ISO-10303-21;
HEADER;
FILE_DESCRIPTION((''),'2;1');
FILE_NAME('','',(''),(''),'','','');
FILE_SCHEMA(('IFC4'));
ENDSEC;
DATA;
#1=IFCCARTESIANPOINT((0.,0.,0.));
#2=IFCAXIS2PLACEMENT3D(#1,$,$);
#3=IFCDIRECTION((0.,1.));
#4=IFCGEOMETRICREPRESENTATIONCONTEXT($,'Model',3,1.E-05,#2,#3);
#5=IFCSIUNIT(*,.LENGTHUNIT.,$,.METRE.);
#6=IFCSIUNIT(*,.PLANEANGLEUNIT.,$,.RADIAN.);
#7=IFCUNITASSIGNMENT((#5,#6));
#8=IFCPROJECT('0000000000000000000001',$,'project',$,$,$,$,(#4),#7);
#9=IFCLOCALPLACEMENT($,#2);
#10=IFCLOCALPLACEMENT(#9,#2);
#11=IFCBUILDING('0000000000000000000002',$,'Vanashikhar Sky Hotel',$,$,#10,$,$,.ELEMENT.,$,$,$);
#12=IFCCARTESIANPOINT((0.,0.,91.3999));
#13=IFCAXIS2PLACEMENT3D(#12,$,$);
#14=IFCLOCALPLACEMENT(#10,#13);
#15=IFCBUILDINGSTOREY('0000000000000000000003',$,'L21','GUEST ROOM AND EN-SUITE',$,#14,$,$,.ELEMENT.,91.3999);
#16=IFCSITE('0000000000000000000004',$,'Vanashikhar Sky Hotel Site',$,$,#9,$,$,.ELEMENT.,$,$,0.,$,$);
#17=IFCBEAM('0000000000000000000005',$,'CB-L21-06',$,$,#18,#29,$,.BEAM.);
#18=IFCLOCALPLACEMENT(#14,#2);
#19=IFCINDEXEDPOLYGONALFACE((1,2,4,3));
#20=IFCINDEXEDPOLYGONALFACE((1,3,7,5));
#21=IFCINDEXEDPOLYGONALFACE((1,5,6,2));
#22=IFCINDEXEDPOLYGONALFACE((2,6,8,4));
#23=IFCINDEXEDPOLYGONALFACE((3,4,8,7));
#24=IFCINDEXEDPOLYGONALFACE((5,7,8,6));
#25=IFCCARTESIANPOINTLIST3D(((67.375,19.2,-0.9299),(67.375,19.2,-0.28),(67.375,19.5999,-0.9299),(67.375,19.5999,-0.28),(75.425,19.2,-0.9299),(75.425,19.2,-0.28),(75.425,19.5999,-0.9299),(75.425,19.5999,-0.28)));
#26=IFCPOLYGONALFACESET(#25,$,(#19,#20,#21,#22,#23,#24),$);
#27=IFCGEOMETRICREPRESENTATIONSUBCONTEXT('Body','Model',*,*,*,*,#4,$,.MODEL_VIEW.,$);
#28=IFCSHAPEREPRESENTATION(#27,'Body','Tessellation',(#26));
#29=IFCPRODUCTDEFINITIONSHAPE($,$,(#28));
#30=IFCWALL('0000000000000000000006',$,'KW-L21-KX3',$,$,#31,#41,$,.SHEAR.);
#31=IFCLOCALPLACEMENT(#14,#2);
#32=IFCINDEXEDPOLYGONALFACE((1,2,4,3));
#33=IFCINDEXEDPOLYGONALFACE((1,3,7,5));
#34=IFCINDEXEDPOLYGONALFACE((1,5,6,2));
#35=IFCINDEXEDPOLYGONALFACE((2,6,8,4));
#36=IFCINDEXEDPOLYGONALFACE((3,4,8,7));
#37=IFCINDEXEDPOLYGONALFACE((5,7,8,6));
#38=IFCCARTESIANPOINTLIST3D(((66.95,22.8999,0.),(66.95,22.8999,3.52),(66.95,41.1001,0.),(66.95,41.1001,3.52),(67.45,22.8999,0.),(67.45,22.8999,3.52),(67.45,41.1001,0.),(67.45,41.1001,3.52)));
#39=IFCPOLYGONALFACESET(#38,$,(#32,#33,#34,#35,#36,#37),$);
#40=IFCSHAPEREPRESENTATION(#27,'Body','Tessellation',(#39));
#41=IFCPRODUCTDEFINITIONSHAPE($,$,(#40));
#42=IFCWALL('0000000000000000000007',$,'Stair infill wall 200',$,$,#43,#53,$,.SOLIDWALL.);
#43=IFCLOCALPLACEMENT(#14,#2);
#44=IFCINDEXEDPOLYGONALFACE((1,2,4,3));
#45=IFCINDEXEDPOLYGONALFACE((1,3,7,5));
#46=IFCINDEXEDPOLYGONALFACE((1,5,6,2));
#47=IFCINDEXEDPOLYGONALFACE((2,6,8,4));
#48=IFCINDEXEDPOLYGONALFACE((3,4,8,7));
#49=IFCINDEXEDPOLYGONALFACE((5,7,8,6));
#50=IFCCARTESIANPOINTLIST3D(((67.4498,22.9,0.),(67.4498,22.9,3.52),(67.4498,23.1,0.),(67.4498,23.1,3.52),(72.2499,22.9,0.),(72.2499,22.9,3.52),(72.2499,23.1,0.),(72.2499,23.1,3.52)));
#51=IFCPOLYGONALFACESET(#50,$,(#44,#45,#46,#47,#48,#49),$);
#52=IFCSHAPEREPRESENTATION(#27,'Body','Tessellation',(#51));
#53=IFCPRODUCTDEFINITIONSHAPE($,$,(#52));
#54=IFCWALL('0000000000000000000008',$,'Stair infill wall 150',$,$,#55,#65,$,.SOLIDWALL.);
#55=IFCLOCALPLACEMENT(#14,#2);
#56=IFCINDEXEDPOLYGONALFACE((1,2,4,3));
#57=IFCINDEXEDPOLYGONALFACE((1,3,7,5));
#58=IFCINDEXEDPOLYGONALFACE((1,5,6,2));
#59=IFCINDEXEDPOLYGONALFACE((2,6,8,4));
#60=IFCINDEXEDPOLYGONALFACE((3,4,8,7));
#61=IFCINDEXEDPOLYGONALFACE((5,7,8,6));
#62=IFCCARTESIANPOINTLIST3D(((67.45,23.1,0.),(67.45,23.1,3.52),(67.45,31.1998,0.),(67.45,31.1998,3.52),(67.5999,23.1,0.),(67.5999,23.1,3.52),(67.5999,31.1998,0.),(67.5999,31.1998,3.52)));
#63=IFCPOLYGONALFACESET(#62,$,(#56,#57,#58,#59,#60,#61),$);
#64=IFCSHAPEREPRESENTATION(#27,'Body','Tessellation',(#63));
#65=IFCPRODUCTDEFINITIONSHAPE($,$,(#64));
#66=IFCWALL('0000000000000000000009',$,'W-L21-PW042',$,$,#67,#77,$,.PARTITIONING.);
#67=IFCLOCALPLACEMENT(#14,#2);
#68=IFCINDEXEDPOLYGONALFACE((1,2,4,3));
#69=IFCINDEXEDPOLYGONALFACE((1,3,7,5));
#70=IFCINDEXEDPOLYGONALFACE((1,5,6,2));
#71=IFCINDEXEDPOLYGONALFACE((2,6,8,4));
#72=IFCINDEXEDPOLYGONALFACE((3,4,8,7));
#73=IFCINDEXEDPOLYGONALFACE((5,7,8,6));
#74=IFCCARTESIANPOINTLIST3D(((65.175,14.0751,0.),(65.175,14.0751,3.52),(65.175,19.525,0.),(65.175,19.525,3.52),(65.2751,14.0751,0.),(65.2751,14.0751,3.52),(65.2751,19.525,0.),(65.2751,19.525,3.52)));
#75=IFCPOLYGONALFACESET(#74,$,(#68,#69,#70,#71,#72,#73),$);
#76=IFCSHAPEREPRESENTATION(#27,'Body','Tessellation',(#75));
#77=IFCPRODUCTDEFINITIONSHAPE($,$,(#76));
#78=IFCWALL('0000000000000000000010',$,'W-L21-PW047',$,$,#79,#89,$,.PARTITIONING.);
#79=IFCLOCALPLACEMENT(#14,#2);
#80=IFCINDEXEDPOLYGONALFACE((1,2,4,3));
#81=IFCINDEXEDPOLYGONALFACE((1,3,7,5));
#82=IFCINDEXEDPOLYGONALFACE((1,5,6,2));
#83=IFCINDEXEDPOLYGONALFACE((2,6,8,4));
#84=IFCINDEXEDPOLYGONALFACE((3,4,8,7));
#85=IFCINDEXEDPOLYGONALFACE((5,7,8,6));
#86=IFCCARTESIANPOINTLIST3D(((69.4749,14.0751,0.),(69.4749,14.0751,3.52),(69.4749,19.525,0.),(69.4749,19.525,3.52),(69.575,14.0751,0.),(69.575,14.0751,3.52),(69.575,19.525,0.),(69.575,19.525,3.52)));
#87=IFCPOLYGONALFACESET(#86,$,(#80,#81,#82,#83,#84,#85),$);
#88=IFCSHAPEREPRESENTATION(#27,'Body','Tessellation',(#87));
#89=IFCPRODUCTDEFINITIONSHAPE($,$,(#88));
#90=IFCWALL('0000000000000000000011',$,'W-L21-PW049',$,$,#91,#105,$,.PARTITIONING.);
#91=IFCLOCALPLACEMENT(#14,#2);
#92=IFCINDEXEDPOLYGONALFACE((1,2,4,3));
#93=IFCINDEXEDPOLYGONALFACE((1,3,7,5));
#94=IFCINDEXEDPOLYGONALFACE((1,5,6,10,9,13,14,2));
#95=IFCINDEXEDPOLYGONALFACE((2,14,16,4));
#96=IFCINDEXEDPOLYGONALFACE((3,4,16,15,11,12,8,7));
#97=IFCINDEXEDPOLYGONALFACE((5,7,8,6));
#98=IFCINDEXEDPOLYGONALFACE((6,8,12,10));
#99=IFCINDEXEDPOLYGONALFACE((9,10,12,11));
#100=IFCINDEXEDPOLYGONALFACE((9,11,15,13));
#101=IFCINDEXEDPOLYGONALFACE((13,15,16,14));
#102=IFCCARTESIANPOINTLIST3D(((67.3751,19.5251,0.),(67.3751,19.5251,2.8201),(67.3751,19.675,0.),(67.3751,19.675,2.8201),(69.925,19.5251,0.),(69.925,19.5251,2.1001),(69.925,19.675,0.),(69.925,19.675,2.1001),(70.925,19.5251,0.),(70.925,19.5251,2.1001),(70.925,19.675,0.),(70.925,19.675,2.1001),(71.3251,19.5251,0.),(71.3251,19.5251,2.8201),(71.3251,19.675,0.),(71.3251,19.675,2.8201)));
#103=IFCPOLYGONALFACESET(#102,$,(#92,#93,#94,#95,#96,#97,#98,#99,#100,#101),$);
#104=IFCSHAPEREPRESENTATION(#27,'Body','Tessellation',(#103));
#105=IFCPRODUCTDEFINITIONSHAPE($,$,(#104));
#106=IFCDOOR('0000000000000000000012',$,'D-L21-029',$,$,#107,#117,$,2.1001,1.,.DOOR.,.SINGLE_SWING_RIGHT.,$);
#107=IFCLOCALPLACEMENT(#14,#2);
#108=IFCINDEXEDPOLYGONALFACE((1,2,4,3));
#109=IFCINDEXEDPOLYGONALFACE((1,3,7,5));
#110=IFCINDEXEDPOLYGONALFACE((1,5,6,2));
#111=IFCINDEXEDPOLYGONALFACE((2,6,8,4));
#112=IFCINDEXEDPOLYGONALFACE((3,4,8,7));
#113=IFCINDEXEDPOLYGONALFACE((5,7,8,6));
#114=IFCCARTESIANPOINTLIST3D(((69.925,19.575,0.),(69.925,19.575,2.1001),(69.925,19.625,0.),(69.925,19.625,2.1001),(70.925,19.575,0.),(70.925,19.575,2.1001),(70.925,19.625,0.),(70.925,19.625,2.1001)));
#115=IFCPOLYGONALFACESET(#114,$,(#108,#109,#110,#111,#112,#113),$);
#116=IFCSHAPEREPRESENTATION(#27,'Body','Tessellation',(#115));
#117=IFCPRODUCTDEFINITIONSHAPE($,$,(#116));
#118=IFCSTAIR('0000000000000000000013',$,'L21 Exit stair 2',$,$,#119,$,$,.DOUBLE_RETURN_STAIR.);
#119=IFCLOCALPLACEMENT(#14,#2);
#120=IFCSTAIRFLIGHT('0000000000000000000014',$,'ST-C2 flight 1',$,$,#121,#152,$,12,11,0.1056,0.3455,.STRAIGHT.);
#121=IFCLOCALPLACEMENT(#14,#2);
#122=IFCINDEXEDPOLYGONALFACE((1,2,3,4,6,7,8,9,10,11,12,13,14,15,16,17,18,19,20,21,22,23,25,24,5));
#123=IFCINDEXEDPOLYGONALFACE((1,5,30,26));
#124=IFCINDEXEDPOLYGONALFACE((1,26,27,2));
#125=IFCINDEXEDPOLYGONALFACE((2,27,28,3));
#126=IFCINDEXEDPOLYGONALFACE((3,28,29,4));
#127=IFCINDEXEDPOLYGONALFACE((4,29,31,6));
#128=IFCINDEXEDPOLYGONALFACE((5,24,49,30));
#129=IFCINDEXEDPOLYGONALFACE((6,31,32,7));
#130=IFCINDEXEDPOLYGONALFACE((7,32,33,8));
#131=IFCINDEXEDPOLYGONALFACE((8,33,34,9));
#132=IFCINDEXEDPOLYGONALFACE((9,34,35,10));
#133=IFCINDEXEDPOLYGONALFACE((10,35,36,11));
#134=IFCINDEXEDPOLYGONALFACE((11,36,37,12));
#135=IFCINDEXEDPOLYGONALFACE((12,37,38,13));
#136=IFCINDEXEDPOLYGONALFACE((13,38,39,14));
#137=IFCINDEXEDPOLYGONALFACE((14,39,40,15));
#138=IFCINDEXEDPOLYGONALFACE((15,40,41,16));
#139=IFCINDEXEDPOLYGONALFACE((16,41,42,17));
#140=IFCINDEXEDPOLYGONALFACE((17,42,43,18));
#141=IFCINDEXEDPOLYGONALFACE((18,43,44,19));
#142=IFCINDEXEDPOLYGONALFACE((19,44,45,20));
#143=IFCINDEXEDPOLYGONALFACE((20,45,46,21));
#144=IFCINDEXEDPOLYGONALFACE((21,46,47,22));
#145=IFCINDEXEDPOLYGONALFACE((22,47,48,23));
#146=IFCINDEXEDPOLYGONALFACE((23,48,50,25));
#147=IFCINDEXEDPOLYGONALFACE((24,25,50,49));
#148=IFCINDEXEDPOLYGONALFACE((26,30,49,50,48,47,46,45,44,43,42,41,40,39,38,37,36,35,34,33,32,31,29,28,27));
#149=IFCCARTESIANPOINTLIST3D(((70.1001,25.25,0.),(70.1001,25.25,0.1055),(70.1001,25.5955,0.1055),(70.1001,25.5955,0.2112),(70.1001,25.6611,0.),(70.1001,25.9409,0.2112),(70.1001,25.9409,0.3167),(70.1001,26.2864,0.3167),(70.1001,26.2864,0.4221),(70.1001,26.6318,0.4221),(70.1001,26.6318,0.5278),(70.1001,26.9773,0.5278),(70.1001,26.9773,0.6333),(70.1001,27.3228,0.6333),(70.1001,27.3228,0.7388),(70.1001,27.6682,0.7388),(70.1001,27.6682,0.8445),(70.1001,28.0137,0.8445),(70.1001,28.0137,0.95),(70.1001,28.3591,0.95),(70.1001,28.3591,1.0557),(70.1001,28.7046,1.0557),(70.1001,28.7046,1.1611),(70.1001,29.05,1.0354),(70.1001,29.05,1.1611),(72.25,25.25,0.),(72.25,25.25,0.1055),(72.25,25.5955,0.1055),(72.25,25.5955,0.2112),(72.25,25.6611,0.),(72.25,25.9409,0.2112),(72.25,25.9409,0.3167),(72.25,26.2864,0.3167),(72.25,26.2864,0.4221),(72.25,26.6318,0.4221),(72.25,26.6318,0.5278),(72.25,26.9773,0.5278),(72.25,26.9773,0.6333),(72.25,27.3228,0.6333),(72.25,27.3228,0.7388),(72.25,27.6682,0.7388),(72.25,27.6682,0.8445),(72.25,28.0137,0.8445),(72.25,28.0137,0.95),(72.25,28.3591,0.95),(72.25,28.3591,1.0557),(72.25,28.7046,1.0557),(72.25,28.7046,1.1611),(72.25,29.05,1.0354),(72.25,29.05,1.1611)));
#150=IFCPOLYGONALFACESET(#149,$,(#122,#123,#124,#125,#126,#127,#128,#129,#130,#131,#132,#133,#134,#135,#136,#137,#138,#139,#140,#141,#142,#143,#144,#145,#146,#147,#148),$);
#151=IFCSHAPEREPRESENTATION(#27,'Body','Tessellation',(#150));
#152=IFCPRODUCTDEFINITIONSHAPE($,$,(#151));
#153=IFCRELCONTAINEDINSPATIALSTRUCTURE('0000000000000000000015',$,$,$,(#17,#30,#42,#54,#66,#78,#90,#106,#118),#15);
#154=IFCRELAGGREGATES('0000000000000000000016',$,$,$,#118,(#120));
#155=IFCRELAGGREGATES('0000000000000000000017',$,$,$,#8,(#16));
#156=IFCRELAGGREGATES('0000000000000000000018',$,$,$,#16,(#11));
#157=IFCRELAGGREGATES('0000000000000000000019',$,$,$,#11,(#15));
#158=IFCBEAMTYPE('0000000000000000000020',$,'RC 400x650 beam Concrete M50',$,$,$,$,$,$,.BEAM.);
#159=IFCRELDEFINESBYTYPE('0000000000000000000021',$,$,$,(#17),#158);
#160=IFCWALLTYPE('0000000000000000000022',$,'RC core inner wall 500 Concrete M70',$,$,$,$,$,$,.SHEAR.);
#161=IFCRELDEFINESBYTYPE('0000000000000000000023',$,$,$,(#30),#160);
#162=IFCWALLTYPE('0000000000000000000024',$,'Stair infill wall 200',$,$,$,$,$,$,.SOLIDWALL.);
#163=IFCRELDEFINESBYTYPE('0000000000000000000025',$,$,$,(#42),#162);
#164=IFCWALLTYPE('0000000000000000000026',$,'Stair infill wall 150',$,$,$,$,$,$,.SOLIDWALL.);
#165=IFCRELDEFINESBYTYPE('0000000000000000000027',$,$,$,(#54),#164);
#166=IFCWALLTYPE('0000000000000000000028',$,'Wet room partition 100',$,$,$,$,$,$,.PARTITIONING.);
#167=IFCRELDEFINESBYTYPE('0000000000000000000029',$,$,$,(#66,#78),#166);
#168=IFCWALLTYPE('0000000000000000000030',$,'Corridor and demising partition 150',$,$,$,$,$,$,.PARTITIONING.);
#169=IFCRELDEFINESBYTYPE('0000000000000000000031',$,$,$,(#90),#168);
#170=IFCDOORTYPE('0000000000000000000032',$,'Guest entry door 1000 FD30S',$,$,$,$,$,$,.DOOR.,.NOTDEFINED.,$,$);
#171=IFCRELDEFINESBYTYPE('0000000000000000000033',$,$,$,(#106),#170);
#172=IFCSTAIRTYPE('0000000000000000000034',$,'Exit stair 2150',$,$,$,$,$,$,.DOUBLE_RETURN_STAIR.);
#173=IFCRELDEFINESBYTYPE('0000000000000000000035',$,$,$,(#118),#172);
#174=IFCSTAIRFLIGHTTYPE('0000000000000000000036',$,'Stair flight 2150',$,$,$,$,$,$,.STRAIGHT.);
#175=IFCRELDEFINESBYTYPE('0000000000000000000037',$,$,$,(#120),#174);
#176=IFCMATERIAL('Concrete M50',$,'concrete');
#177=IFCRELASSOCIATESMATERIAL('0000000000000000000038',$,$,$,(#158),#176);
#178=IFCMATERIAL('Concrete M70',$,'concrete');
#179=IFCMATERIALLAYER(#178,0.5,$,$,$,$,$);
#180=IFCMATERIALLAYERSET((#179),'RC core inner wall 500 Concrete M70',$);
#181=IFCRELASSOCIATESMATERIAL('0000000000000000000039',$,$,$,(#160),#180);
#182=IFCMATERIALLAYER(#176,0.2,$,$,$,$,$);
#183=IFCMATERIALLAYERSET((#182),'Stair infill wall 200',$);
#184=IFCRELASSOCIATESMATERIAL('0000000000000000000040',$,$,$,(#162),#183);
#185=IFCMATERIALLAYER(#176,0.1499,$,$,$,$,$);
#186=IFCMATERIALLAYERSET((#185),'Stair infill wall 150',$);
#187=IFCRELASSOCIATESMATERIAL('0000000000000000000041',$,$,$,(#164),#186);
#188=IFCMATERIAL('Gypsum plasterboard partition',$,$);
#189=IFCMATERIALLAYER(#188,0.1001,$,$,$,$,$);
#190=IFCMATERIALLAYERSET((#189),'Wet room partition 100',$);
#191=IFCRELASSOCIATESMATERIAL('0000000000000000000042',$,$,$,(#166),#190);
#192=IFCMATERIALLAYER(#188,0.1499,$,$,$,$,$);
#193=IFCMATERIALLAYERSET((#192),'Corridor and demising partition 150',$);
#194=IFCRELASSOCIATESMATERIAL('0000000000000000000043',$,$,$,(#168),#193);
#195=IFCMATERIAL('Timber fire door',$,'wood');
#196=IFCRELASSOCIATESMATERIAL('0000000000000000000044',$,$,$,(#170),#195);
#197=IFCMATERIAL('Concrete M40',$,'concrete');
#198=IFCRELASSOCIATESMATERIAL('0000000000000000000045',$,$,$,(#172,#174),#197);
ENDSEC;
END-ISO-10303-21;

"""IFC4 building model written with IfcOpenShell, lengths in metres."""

from ifc_helpers import new_model, si_unit, direction, frame, frame_2d, origin, origin_2d, place, context, subcontext, project, spatial, polyline, rectangle, outline, extrude, source, transform, mapped, material, layer, layer_set, material_profile, profile_set, type_object, element, fill, aggregate, save


model = new_model("IFC4")

# Units and contexts
model_context = context("Model", 3, precision=1e-05, world=origin(), true_north=direction((0.0, 1.0)))
body_context = subcontext(model_context, "Body", "Model", "MODEL_VIEW")
ifc_project = project(units=[si_unit("LENGTHUNIT", "METRE"), si_unit("PLANEANGLEUNIT", "RADIAN")], contexts=[model_context])

# Site, building, storey
site_placement = place(None, origin())
site = spatial("IfcSite", under=ifc_project, at=site_placement, Name="Vanashikhar Sky Hotel Site", CompositionType="ELEMENT", RefElevation=0.0)
building_placement = place(site_placement, origin())
building = spatial("IfcBuilding", under=site, at=building_placement, Name="Vanashikhar Sky Hotel", CompositionType="ELEMENT")
storey_placement = place(building_placement, frame((0.0, 0.0, 91.3999)))
storey = spatial("IfcBuildingStorey", under=building, at=storey_placement, Name="L21", Description="GUEST ROOM AND EN-SUITE", CompositionType="ELEMENT", Elevation=91.3999)

# Beam
ifc_material_1 = material(Name="Concrete M50", Category="concrete")
ifc_material_profile = material_profile(ifc_material_1, rectangle(XDim=0.3999, YDim=0.6499, at=origin_2d()))
ifc_profile_set = profile_set([ifc_material_profile], Name="RC 400x650 beam Concrete M50")
beam_type = type_object("IfcBeamType", Name="RC 400x650 beam Concrete M50", PredefinedType="BEAM", material=ifc_profile_set)
shared_shape_1 = source(origin(), body_context, "Body", "SweptSolid", [
    extrude(rectangle(XDim=0.3999, YDim=0.6499, at=origin_2d()), origin(), (0.0, 0.0, 1.0), 8.05),
])
beam_placement = place(storey_placement, frame((67.375, 19.3999, -0.605), z_axis=(1.0, 0.0, 0.0), x_axis=(0.0, 1.0, 0.0)))
element("IfcBeam", 1, at=beam_placement, inside=storey, type_object=beam_type, Name="CB-L21-06", PredefinedType="BEAM", context=body_context, shape_type="MappedRepresentation", body=[
    mapped(shared_shape_1, transform((0.0, 0.0, 0.0), scale=1.0)),
])

# Walls
ifc_material_2 = material(Name="Concrete M70", Category="concrete")
ifc_layer_1 = layer(ifc_material_2, 0.5)
ifc_layer_set_1 = layer_set([ifc_layer_1], Name="RC core inner wall 500 Concrete M70")
wall_type_1 = type_object("IfcWallType", Name="RC core inner wall 500 Concrete M70", PredefinedType="SHEAR", material=ifc_layer_set_1)
shared_shape_2 = source(origin(), body_context, "Body", "SweptSolid", [
    extrude(rectangle(XDim=18.2002, YDim=0.5, at=frame_2d((9.1001, 0.0))), origin(), (0.0, 0.0, 1.0), 3.52),
])
wall_1_placement = place(storey_placement, frame((67.2, 22.8999, 0.0), z_axis=(0.0, 0.0, 1.0), x_axis=(0.0, 1.0, 0.0)))
element("IfcWall", 2, at=wall_1_placement, inside=storey, type_object=wall_type_1, Name="KW-L21-KX3", PredefinedType="SHEAR", context=body_context, shape_type="MappedRepresentation", body=[
    mapped(shared_shape_2, transform((0.0, 0.0, 0.0), scale=1.0)),
])
ifc_layer_2 = layer(ifc_material_1, 0.2)
ifc_layer_set_2 = layer_set([ifc_layer_2], Name="Stair infill wall 200")
wall_type_2 = type_object("IfcWallType", Name="Stair infill wall 200", PredefinedType="SOLIDWALL", material=ifc_layer_set_2)
shared_shape_3 = source(origin(), body_context, "Body", "SweptSolid", [
    extrude(rectangle(XDim=4.8, YDim=0.2, at=frame_2d((2.3999, 0.0))), origin(), (0.0, 0.0, 1.0), 3.52),
])
wall_2_placement = place(storey_placement, frame((67.45, 23.0, 0.0), z_axis=(0.0, 0.0, 1.0), x_axis=(1.0, 0.0, 0.0)))
element("IfcWall", 3, at=wall_2_placement, inside=storey, type_object=wall_type_2, Name="Stair infill wall 200", PredefinedType="SOLIDWALL", context=body_context, shape_type="MappedRepresentation", body=[
    mapped(shared_shape_3, transform((0.0, 0.0, 0.0), scale=1.0)),
])
ifc_layer_3 = layer(ifc_material_1, 0.1499)
ifc_layer_set_3 = layer_set([ifc_layer_3], Name="Stair infill wall 150")
wall_type_3 = type_object("IfcWallType", Name="Stair infill wall 150", PredefinedType="SOLIDWALL", material=ifc_layer_set_3)
shared_shape_4 = source(origin(), body_context, "Body", "SweptSolid", [
    extrude(rectangle(XDim=8.0999, YDim=0.1499, at=frame_2d((4.0498, 0.0))), origin(), (0.0, 0.0, 1.0), 3.52),
])
wall_3_placement = place(storey_placement, frame((67.5249, 23.1001, 0.0), z_axis=(0.0, 0.0, 1.0), x_axis=(0.0, 1.0, 0.0)))
element("IfcWall", 4, at=wall_3_placement, inside=storey, type_object=wall_type_3, Name="Stair infill wall 150", PredefinedType="SOLIDWALL", context=body_context, shape_type="MappedRepresentation", body=[
    mapped(shared_shape_4, transform((0.0, 0.0, 0.0), scale=1.0)),
])
ifc_material_3 = material(Name="Gypsum plasterboard partition")
ifc_layer_4 = layer(ifc_material_3, 0.1001)
ifc_layer_set_4 = layer_set([ifc_layer_4], Name="Wet room partition 100")
wall_type_4 = type_object("IfcWallType", Name="Wet room partition 100", PredefinedType="PARTITIONING", material=ifc_layer_set_4)
shared_shape_5 = source(origin(), body_context, "Body", "SweptSolid", [
    extrude(rectangle(XDim=5.45, YDim=0.1001, at=frame_2d((2.7251, 0.0))), origin(), (0.0, 0.0, 1.0), 3.52),
])
for number, where, z_axis, x_axis, name in (
    (5, (65.2251, 14.075, 0.0), (0.0, 0.0, 1.0), (0.0, 1.0, 0.0), "W-L21-PW042"),
    (6, (69.5249, 14.075, 0.0), (0.0, 0.0, 1.0), (0.0, 1.0, 0.0), "W-L21-PW047"),
):
    element("IfcWall", number, at=place(storey_placement, frame(where, z_axis=z_axis, x_axis=x_axis)), inside=storey, type_object=wall_type_4, Name=name, PredefinedType="PARTITIONING", context=body_context, shape_type="MappedRepresentation", body=[
        mapped(shared_shape_5, transform((0.0, 0.0, 0.0), scale=1.0)),
    ])

# Wall, opening, door
ifc_layer_5 = layer(ifc_material_3, 0.1499)
ifc_layer_set_5 = layer_set([ifc_layer_5], Name="Corridor and demising partition 150")
wall_type_5 = type_object("IfcWallType", Name="Corridor and demising partition 150", PredefinedType="PARTITIONING", material=ifc_layer_set_5)
shared_shape_6 = source(origin(), body_context, "Body", "SweptSolid", [
    extrude(rectangle(XDim=3.95, YDim=0.1499, at=frame_2d((1.9751, 0.0))), origin(), (0.0, 0.0, 1.0), 2.8201),
])
wall_4_placement = place(storey_placement, frame((67.375, 19.6001, 0.0), z_axis=(0.0, 0.0, 1.0), x_axis=(1.0, 0.0, 0.0)))
wall_4 = element("IfcWall", 7, at=wall_4_placement, inside=storey, type_object=wall_type_5, Name="W-L21-PW049", PredefinedType="PARTITIONING", context=body_context, shape_type="MappedRepresentation", body=[
    mapped(shared_shape_6, transform((0.0, 0.0, 0.0), scale=1.0)),
])
shared_shape_7 = source(origin(), body_context, "Body", "SweptSolid", [
    extrude(rectangle(XDim=1.0, YDim=2.1001, at=frame_2d((0.5, 1.05))), frame((0.0, 0.085, 0.0), z_axis=(0.0, -1.0, 0.0), x_axis=(1.0, 0.0, 0.0)), (0.0, 0.0, 1.0), 0.1699),
])
opening_placement = place(wall_4_placement, frame((2.55, 0.0, 0.0)))
opening = element("IfcOpeningElement", 8, at=opening_placement, cuts=wall_4, PredefinedType="OPENING", context=body_context, shape_type="MappedRepresentation", body=[
    mapped(shared_shape_7, transform((0.0, 0.0, 0.0), scale=1.0)),
])
ifc_material_4 = material(Name="Timber fire door", Category="wood")
door_type = type_object("IfcDoorType", Name="Guest entry door 1000 FD30S", OperationType="NOTDEFINED", PredefinedType="DOOR", material=ifc_material_4)
shared_shape_8 = source(origin(), body_context, "Body", "SweptSolid", [
    extrude(rectangle(XDim=1.0, YDim=2.1001, at=frame_2d((0.5, 1.05))), frame((0.0, 0.0249, 0.0), z_axis=(0.0, -1.0, 0.0), x_axis=(1.0, 0.0, 0.0)), (0.0, 0.0, 1.0), 0.05),
])
door_placement = place(opening_placement, origin())
door = element("IfcDoor", 9, at=door_placement, inside=storey, type_object=door_type, Name="D-L21-029", OperationType="SINGLE_SWING_RIGHT", OverallHeight=2.1001, OverallWidth=1.0, PredefinedType="DOOR", context=body_context, shape_type="MappedRepresentation", body=[
    mapped(shared_shape_8, transform((0.0, 0.0, 0.0), scale=1.0)),
])
fill(opening, door)

# Stair, stair flight
ifc_material_5 = material(Name="Concrete M40", Category="concrete")
stair_type = type_object("IfcStairType", Name="Exit stair 2150", PredefinedType="DOUBLE_RETURN_STAIR", material=ifc_material_5)
stair_placement = place(storey_placement, origin())
stair = element("IfcStair", 10, at=stair_placement, inside=storey, type_object=stair_type, Name="L21 Exit stair 2", PredefinedType="DOUBLE_RETURN_STAIR")
stair_flight_type = type_object("IfcStairFlightType", Name="Stair flight 2150", PredefinedType="STRAIGHT", material=ifc_material_5)
shared_shape_9 = source(origin(), body_context, "Body", "SweptSolid", [
    extrude(outline(polyline([(0.0, 0.0), (0.0, 0.1055), (0.3455, 0.1055), (0.3455, 0.2112), (0.6909, 0.2112), (0.6909, 0.3167), (1.0364, 0.3167), (1.0364, 0.4221), (1.3818, 0.4221), (1.3818, 0.5278), (1.7273, 0.5278), (1.7273, 0.6333), (2.0728, 0.6333), (2.0728, 0.7388), (2.4182, 0.7388), (2.4182, 0.8445), (2.7637, 0.8445), (2.7637, 0.95), (3.1091, 0.95), (3.1091, 1.0557), (3.4546, 1.0557), (3.4546, 1.1611), (3.8, 1.1611), (3.8, 1.2666), (3.8, 1.0354), (0.4111, 0.0), (0.0, 0.0)])), frame((0.0, 1.075, 0.0), z_axis=(0.0, -1.0, 0.0), x_axis=(1.0, 0.0, 0.0)), (0.0, 0.0, 1.0), 2.1499),
])
stair_flight_1_placement = place(storey_placement, frame((71.175, 25.25, 0.0), z_axis=(0.0, 0.0, 1.0), x_axis=(0.0, 1.0, 0.0)))
stair_flight_1 = element("IfcStairFlight", 11, at=stair_flight_1_placement, type_object=stair_flight_type, Name="ST-C2 flight 1", NumberOfRisers=12, NumberOfTreads=11, PredefinedType="STRAIGHT", RiserHeight=0.1056, TreadLength=0.3455, context=body_context, shape_type="MappedRepresentation", body=[
    mapped(shared_shape_9, transform((0.0, 0.0, 0.0), scale=1.0)),
])
aggregate(stair, [stair_flight_1])

save(model, "model.ifc")
